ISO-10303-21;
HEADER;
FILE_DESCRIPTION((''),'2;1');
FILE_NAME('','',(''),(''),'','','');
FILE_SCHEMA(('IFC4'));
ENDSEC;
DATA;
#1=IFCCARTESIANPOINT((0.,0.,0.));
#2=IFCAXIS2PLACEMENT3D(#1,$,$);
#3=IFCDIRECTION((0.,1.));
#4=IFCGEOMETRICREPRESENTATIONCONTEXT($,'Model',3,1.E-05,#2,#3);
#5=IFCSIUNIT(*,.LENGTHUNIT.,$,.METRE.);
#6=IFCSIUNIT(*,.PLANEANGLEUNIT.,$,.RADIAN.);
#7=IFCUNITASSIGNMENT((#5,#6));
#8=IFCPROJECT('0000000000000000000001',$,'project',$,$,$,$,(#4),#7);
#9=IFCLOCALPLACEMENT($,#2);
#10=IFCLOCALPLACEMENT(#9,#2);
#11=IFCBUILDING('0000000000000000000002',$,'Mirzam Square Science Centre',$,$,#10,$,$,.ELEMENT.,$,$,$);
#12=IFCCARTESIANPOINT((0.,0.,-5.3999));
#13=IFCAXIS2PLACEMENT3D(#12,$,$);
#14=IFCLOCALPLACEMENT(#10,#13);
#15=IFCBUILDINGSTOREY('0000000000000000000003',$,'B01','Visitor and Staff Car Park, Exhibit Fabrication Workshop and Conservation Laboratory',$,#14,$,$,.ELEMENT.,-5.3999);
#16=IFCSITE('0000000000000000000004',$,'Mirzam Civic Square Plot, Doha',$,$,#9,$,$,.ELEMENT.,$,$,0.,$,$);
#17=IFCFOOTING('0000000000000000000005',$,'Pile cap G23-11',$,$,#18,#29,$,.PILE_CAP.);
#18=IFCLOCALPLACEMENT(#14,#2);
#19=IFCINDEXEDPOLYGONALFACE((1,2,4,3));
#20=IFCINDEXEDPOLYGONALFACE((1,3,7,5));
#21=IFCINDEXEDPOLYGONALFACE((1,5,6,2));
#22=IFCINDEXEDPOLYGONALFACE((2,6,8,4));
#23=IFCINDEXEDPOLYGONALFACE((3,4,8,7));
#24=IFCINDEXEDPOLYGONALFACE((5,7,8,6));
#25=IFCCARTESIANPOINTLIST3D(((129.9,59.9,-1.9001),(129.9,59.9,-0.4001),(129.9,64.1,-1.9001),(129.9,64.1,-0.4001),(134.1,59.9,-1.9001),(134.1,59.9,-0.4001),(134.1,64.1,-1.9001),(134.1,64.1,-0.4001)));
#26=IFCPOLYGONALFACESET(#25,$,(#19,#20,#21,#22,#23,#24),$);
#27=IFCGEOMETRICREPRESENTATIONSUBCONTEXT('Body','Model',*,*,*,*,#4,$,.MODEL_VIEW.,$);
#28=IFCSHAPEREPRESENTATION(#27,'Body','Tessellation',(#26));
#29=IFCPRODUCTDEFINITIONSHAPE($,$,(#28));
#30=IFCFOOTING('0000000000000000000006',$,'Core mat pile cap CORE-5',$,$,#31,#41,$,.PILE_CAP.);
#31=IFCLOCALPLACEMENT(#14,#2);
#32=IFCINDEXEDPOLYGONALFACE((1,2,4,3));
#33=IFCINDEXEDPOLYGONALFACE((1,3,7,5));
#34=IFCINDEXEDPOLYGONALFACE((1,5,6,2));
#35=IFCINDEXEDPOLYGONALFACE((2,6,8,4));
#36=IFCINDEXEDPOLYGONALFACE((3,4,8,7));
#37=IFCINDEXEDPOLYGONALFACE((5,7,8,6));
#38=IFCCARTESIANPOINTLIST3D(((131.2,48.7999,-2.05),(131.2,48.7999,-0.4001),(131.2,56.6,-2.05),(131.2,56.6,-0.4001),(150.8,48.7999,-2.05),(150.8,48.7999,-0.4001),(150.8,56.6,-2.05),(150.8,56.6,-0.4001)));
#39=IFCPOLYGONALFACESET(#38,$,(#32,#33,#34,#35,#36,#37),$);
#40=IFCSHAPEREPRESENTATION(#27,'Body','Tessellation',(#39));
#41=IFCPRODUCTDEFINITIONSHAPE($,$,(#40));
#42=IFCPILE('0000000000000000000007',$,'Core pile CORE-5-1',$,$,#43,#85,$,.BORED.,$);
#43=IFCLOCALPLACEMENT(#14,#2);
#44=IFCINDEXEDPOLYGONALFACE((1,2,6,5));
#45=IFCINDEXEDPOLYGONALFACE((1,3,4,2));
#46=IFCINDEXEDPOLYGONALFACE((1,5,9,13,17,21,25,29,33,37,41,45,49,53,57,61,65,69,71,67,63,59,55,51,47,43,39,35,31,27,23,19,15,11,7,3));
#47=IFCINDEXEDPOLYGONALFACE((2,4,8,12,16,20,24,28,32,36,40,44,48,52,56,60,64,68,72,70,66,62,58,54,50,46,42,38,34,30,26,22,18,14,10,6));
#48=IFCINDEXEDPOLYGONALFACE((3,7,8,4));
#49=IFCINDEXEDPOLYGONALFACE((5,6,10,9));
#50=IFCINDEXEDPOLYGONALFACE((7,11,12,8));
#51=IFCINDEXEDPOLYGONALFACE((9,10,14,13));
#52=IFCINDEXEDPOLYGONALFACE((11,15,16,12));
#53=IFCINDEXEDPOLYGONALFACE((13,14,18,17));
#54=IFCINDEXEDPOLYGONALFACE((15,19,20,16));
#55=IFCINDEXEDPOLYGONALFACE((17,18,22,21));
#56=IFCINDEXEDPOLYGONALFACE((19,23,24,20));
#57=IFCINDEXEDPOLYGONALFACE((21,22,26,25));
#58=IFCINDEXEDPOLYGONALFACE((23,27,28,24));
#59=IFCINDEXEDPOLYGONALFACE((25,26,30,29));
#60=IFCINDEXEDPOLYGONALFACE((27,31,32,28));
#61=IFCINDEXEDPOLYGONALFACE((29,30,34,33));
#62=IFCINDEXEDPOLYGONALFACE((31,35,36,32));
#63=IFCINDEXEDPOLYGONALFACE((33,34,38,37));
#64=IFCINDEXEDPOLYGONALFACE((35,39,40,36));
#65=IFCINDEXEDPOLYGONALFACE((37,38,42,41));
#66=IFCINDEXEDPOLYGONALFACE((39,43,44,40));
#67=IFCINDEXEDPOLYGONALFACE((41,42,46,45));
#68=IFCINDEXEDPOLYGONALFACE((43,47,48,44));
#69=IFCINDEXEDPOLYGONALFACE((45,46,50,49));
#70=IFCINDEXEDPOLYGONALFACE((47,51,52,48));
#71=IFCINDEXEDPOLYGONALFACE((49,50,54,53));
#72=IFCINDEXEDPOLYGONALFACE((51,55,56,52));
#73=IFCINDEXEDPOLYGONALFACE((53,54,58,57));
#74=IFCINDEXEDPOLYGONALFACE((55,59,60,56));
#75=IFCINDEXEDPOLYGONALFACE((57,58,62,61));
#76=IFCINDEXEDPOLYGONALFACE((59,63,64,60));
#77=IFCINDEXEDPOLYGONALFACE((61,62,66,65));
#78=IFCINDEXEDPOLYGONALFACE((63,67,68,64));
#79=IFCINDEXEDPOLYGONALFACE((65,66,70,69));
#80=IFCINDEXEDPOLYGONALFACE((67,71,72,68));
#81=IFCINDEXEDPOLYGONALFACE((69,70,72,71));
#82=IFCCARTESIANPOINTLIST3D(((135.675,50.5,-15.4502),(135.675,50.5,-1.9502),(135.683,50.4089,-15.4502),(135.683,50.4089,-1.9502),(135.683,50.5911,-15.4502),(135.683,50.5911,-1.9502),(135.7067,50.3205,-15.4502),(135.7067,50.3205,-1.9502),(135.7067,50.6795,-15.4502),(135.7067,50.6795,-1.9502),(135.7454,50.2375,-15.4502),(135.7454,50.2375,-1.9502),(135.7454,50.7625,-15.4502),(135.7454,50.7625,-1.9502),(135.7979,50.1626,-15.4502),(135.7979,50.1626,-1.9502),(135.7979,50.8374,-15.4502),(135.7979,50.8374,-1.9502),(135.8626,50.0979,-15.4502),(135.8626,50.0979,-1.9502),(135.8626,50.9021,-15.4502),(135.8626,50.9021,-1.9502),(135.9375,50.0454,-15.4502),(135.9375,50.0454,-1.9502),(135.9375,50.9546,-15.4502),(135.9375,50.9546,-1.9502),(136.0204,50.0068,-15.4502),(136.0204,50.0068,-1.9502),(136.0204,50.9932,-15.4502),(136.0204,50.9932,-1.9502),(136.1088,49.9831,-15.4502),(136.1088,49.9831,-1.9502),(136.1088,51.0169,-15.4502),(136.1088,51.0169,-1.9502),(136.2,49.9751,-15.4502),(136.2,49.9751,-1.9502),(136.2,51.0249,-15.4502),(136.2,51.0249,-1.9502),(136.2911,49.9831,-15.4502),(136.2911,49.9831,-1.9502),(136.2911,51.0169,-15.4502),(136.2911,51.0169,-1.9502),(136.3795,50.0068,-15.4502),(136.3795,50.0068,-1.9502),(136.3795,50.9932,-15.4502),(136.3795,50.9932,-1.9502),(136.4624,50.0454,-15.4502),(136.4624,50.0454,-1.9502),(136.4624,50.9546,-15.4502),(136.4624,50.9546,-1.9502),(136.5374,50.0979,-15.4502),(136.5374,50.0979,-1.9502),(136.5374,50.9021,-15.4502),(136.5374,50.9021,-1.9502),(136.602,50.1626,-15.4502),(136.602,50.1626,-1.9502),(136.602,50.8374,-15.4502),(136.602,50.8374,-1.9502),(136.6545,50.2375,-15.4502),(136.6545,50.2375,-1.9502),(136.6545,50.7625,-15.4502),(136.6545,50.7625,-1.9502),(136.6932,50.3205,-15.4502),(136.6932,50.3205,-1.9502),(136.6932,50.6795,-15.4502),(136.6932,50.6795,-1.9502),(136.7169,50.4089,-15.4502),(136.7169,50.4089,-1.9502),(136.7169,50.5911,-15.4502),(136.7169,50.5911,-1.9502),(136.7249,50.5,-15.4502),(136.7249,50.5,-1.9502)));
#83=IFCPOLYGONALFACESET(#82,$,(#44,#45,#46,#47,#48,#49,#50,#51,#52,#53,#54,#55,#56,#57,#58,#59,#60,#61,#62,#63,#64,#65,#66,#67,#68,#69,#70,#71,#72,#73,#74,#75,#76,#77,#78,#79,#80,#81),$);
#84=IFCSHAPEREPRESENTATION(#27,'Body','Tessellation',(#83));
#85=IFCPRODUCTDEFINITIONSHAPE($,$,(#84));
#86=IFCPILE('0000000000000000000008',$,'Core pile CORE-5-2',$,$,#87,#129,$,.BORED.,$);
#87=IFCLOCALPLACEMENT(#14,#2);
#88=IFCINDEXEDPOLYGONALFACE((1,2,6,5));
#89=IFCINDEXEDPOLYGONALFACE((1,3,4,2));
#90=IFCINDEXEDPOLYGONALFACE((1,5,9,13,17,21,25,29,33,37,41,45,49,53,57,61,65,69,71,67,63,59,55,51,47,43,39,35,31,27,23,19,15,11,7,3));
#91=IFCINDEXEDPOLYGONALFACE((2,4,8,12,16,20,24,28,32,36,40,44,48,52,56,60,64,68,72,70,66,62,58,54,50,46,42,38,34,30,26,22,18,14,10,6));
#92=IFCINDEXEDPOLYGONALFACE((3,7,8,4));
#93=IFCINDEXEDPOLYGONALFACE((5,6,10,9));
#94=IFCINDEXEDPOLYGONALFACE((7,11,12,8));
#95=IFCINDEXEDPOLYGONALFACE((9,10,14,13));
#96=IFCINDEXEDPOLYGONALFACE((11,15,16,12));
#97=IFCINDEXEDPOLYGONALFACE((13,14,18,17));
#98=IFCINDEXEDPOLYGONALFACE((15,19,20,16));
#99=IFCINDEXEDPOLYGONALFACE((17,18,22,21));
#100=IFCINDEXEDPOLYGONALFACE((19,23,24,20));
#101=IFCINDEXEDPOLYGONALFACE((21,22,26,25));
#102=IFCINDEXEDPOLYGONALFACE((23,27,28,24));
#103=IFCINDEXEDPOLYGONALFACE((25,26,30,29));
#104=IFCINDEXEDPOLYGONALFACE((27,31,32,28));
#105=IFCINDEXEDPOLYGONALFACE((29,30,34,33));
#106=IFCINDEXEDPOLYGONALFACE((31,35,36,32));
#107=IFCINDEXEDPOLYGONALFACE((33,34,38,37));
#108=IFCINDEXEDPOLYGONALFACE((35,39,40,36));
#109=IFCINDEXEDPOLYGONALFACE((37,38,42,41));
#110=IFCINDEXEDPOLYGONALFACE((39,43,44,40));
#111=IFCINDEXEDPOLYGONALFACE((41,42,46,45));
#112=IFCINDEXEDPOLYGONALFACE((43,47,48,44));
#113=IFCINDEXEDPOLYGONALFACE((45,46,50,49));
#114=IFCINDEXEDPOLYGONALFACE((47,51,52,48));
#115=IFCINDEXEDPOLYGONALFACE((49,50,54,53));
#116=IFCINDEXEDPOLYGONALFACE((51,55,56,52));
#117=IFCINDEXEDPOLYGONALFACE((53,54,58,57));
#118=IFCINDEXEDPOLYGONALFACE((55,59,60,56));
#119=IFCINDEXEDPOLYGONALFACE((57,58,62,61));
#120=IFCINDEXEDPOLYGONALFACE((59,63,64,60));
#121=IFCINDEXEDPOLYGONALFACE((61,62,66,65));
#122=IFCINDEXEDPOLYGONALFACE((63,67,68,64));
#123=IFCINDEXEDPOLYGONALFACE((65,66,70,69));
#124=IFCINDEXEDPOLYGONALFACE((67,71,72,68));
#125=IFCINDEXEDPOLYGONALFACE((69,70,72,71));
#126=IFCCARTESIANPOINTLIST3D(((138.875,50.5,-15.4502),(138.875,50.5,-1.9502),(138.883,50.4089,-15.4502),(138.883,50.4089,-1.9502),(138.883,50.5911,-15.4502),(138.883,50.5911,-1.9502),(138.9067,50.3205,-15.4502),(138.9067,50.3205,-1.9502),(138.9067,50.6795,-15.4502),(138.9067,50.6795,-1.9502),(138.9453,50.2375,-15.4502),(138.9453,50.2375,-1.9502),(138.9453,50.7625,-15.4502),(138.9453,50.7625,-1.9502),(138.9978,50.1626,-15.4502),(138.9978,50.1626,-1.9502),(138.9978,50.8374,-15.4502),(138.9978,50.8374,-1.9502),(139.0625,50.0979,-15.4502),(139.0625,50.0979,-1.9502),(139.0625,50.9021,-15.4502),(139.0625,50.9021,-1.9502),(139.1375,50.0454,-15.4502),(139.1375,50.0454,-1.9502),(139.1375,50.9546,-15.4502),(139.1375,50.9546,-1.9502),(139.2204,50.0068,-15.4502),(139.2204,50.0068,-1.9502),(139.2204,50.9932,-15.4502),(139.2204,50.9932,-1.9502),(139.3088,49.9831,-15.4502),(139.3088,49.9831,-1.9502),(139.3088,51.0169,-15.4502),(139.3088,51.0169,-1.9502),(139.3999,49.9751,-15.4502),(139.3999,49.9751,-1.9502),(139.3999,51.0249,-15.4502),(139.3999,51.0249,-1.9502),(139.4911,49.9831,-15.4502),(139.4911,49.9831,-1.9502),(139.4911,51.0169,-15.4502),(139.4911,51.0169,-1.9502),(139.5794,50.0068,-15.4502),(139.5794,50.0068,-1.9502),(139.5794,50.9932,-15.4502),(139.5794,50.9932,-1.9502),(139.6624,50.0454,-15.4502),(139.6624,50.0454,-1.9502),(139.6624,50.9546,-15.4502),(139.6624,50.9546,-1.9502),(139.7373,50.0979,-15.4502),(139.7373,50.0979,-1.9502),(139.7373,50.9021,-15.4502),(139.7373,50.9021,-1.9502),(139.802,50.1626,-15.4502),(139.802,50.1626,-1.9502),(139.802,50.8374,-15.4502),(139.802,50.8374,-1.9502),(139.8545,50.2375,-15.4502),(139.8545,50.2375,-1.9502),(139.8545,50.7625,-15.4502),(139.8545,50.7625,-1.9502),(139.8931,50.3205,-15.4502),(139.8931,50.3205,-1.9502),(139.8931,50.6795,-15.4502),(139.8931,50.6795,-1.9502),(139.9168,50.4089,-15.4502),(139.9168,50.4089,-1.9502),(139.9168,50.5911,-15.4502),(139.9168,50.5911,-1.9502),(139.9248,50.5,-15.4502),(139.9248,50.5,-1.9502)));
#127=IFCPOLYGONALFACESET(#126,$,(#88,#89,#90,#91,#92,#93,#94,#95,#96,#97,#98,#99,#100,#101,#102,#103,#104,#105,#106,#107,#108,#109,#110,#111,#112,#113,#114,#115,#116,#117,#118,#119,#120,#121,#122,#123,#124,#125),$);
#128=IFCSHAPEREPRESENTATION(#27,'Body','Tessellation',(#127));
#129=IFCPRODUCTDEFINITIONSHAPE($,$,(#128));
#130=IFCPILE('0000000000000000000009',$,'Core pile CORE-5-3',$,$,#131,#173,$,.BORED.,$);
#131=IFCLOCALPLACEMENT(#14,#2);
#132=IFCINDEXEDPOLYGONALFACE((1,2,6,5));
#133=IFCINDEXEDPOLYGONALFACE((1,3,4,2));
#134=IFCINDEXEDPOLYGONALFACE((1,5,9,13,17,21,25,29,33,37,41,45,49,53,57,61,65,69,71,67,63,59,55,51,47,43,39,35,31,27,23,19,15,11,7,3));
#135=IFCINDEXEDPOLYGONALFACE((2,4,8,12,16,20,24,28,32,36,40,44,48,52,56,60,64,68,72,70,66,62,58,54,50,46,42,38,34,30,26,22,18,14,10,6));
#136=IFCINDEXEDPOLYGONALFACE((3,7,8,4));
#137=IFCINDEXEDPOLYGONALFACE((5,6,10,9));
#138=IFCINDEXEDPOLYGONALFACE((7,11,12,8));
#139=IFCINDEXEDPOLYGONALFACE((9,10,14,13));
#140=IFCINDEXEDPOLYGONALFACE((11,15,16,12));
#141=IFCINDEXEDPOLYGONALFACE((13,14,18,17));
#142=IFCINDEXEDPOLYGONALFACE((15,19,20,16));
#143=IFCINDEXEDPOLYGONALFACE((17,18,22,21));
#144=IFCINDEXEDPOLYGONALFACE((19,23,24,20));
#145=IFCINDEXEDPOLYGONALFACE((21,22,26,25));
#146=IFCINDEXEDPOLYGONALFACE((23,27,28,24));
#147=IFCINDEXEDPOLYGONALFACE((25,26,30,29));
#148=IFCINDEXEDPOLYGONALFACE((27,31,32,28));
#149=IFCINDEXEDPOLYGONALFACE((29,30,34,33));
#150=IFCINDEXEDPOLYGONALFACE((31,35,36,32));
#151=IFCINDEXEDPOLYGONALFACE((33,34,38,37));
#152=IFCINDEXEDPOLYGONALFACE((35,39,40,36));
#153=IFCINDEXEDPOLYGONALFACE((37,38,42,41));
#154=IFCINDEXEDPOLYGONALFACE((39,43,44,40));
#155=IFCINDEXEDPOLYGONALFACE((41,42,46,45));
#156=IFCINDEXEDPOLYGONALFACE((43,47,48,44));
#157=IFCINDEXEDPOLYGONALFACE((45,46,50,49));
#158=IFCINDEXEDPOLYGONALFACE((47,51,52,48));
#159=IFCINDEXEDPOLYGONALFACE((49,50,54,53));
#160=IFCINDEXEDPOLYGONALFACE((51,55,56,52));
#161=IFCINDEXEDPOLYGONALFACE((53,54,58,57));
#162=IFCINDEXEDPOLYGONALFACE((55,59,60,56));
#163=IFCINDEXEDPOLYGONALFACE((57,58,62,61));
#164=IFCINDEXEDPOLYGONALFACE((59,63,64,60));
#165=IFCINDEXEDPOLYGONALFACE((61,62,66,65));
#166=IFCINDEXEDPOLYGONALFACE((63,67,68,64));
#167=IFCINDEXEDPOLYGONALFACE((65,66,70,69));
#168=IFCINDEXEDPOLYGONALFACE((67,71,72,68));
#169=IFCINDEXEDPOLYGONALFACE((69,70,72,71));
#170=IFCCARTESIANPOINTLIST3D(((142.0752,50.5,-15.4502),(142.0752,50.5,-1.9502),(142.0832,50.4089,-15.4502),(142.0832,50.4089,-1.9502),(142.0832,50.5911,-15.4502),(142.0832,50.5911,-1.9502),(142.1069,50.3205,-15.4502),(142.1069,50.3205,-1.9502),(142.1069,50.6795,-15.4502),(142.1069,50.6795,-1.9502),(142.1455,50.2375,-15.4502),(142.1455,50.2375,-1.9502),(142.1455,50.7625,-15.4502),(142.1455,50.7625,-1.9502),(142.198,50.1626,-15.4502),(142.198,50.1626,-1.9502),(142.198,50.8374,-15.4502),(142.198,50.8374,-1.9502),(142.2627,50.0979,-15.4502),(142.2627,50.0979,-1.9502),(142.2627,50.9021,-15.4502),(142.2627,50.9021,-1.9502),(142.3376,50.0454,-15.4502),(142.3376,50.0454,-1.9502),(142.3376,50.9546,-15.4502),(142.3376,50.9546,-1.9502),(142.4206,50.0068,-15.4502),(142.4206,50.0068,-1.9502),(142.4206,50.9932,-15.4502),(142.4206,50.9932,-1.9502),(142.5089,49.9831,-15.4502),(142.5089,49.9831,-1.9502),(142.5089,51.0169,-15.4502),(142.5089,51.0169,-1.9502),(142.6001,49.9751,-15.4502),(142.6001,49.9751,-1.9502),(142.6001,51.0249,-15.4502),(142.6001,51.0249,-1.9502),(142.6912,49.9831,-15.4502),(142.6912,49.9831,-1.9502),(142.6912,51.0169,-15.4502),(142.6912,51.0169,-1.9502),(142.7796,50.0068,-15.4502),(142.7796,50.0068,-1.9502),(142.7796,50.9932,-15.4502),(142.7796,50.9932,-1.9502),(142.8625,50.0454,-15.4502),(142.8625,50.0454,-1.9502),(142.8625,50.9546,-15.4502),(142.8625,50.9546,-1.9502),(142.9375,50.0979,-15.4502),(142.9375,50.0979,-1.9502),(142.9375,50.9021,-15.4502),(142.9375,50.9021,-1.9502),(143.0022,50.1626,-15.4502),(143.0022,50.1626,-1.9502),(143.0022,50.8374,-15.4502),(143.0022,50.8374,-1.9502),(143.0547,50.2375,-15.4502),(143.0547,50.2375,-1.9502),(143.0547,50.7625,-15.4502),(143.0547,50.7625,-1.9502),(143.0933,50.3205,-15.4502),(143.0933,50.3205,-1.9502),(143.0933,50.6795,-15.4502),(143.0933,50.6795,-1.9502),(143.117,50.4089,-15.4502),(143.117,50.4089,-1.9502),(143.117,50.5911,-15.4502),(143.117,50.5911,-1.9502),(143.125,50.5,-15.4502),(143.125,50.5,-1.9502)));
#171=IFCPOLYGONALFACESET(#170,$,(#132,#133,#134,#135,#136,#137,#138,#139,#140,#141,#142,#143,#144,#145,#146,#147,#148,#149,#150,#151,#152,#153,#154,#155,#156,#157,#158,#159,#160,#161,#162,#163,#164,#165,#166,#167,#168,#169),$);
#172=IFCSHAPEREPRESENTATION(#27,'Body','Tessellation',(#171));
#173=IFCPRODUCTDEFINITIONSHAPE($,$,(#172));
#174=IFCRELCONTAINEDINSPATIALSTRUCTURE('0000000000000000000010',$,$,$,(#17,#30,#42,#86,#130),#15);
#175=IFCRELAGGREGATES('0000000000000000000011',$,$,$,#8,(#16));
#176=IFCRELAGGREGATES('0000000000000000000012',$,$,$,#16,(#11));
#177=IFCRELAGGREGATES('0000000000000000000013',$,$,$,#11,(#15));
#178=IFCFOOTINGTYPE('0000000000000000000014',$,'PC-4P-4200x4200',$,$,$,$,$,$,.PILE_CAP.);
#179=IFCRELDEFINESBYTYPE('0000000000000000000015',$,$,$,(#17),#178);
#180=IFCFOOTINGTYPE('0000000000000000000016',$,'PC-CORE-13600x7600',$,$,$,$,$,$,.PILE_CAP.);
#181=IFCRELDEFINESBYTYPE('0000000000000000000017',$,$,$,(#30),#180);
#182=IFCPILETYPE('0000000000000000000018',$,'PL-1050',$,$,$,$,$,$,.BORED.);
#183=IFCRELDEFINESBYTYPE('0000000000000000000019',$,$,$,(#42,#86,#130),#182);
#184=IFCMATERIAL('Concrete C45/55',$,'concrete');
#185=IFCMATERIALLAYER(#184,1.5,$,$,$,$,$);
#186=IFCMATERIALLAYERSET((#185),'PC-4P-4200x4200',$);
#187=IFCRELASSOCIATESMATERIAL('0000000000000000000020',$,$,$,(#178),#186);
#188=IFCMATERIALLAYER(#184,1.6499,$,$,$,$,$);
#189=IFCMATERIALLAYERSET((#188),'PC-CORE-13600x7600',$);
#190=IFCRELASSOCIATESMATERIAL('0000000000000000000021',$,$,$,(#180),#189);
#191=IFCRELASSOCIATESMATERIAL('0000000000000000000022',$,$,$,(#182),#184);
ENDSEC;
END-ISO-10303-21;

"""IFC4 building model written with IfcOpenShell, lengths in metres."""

from ifc_helpers import new_model, si_unit, direction, frame, origin, origin_2d, place, context, subcontext, project, spatial, rectangle, circle, extrude, material, layer, layer_set, material_profile, profile_set, type_object, element, save


model = new_model("IFC4")

# Units and contexts
model_context = context("Model", 3, precision=1e-05, world=origin(), true_north=direction((0.0, 1.0)))
body_context = subcontext(model_context, "Body", "Model", "MODEL_VIEW")
ifc_project = project(units=[si_unit("LENGTHUNIT", "METRE"), si_unit("PLANEANGLEUNIT", "RADIAN")], contexts=[model_context])

# Site, building, storey
site_placement = place(None, origin())
site = spatial("IfcSite", under=ifc_project, at=site_placement, Name="Mirzam Civic Square Plot, Doha", CompositionType="ELEMENT", RefElevation=0.0)
building_placement = place(site_placement, origin())
building = spatial("IfcBuilding", under=site, at=building_placement, Name="Mirzam Square Science Centre", CompositionType="ELEMENT")
storey_placement = place(building_placement, frame((0.0, 0.0, -5.3999)))
storey = spatial("IfcBuildingStorey", under=building, at=storey_placement, Name="B01", Description="Visitor and Staff Car Park, Exhibit Fabrication Workshop and Conservation Laboratory", CompositionType="ELEMENT", Elevation=-5.3999)

# Footings
ifc_material_1 = material(Name="Concrete C45/55", Category="concrete")
ifc_layer_1 = layer(ifc_material_1, 1.5)
ifc_layer_set_1 = layer_set([ifc_layer_1], Name="PC-4P-4200x4200")
footing_type_1 = type_object("IfcFootingType", Name="PC-4P-4200x4200", PredefinedType="PILE_CAP", material=ifc_layer_set_1)
footing_1_placement = place(storey_placement, frame((132.0, 62.0, -1.9001), z_axis=(0.0, 0.0, 1.0), x_axis=(1.0, 0.0, 0.0)))
element("IfcFooting", 1, at=footing_1_placement, inside=storey, type_object=footing_type_1, Name="Pile cap G23-11", PredefinedType="PILE_CAP", context=body_context, shape_type="SweptSolid", body=[
    extrude(rectangle(XDim=4.2, YDim=4.2, at=origin_2d()), origin(), (0.0, 0.0, 1.0), 1.5),
])
ifc_layer_2 = layer(ifc_material_1, 1.6499)
ifc_layer_set_2 = layer_set([ifc_layer_2], Name="PC-CORE-13600x7600")
footing_type_2 = type_object("IfcFootingType", Name="PC-CORE-13600x7600", PredefinedType="PILE_CAP", material=ifc_layer_set_2)
footing_2_placement = place(storey_placement, frame((141.0, 52.7, -2.05), z_axis=(0.0, 0.0, 1.0), x_axis=(1.0, 0.0, 0.0)))
element("IfcFooting", 2, at=footing_2_placement, inside=storey, type_object=footing_type_2, Name="Core mat pile cap CORE-5", PredefinedType="PILE_CAP", context=body_context, shape_type="SweptSolid", body=[
    extrude(rectangle(XDim=19.6001, YDim=7.8, at=origin_2d()), origin(), (0.0, 0.0, 1.0), 1.6499),
])

# Piles
ifc_material_profile_1 = material_profile(ifc_material_1, circle(Radius=0.5249, at=origin_2d()), Name="PILE-D1050")
ifc_profile_set_1 = profile_set([ifc_material_profile_1], Name="Concrete C45/55")
pile_type_1 = type_object("IfcPileType", Name="PL-1050", PredefinedType="BORED", material=ifc_profile_set_1)
for number, where, z_axis, x_axis, name in (
    (3, (136.2, 50.5, -1.9502), (0.0, 0.0, -1.0), (1.0, 0.0, 0.0), "Core pile CORE-5-1"),
    (4, (139.3999, 50.5, -1.9502), (0.0, 0.0, -1.0), (1.0, 0.0, 0.0), "Core pile CORE-5-2"),
    (5, (142.6001, 50.5, -1.9502), (0.0, 0.0, -1.0), (1.0, 0.0, 0.0), "Core pile CORE-5-3"),
):
    element("IfcPile", number, at=place(storey_placement, frame(where, z_axis=z_axis, x_axis=x_axis)), inside=storey, type_object=pile_type_1, Name=name, PredefinedType="BORED", context=body_context, shape_type="SweptSolid", body=[
        extrude(circle(Radius=0.5249, at=origin_2d()), origin(), (0.0, 0.0, 1.0), 13.5),
    ])

save(model, "model.ifc")
